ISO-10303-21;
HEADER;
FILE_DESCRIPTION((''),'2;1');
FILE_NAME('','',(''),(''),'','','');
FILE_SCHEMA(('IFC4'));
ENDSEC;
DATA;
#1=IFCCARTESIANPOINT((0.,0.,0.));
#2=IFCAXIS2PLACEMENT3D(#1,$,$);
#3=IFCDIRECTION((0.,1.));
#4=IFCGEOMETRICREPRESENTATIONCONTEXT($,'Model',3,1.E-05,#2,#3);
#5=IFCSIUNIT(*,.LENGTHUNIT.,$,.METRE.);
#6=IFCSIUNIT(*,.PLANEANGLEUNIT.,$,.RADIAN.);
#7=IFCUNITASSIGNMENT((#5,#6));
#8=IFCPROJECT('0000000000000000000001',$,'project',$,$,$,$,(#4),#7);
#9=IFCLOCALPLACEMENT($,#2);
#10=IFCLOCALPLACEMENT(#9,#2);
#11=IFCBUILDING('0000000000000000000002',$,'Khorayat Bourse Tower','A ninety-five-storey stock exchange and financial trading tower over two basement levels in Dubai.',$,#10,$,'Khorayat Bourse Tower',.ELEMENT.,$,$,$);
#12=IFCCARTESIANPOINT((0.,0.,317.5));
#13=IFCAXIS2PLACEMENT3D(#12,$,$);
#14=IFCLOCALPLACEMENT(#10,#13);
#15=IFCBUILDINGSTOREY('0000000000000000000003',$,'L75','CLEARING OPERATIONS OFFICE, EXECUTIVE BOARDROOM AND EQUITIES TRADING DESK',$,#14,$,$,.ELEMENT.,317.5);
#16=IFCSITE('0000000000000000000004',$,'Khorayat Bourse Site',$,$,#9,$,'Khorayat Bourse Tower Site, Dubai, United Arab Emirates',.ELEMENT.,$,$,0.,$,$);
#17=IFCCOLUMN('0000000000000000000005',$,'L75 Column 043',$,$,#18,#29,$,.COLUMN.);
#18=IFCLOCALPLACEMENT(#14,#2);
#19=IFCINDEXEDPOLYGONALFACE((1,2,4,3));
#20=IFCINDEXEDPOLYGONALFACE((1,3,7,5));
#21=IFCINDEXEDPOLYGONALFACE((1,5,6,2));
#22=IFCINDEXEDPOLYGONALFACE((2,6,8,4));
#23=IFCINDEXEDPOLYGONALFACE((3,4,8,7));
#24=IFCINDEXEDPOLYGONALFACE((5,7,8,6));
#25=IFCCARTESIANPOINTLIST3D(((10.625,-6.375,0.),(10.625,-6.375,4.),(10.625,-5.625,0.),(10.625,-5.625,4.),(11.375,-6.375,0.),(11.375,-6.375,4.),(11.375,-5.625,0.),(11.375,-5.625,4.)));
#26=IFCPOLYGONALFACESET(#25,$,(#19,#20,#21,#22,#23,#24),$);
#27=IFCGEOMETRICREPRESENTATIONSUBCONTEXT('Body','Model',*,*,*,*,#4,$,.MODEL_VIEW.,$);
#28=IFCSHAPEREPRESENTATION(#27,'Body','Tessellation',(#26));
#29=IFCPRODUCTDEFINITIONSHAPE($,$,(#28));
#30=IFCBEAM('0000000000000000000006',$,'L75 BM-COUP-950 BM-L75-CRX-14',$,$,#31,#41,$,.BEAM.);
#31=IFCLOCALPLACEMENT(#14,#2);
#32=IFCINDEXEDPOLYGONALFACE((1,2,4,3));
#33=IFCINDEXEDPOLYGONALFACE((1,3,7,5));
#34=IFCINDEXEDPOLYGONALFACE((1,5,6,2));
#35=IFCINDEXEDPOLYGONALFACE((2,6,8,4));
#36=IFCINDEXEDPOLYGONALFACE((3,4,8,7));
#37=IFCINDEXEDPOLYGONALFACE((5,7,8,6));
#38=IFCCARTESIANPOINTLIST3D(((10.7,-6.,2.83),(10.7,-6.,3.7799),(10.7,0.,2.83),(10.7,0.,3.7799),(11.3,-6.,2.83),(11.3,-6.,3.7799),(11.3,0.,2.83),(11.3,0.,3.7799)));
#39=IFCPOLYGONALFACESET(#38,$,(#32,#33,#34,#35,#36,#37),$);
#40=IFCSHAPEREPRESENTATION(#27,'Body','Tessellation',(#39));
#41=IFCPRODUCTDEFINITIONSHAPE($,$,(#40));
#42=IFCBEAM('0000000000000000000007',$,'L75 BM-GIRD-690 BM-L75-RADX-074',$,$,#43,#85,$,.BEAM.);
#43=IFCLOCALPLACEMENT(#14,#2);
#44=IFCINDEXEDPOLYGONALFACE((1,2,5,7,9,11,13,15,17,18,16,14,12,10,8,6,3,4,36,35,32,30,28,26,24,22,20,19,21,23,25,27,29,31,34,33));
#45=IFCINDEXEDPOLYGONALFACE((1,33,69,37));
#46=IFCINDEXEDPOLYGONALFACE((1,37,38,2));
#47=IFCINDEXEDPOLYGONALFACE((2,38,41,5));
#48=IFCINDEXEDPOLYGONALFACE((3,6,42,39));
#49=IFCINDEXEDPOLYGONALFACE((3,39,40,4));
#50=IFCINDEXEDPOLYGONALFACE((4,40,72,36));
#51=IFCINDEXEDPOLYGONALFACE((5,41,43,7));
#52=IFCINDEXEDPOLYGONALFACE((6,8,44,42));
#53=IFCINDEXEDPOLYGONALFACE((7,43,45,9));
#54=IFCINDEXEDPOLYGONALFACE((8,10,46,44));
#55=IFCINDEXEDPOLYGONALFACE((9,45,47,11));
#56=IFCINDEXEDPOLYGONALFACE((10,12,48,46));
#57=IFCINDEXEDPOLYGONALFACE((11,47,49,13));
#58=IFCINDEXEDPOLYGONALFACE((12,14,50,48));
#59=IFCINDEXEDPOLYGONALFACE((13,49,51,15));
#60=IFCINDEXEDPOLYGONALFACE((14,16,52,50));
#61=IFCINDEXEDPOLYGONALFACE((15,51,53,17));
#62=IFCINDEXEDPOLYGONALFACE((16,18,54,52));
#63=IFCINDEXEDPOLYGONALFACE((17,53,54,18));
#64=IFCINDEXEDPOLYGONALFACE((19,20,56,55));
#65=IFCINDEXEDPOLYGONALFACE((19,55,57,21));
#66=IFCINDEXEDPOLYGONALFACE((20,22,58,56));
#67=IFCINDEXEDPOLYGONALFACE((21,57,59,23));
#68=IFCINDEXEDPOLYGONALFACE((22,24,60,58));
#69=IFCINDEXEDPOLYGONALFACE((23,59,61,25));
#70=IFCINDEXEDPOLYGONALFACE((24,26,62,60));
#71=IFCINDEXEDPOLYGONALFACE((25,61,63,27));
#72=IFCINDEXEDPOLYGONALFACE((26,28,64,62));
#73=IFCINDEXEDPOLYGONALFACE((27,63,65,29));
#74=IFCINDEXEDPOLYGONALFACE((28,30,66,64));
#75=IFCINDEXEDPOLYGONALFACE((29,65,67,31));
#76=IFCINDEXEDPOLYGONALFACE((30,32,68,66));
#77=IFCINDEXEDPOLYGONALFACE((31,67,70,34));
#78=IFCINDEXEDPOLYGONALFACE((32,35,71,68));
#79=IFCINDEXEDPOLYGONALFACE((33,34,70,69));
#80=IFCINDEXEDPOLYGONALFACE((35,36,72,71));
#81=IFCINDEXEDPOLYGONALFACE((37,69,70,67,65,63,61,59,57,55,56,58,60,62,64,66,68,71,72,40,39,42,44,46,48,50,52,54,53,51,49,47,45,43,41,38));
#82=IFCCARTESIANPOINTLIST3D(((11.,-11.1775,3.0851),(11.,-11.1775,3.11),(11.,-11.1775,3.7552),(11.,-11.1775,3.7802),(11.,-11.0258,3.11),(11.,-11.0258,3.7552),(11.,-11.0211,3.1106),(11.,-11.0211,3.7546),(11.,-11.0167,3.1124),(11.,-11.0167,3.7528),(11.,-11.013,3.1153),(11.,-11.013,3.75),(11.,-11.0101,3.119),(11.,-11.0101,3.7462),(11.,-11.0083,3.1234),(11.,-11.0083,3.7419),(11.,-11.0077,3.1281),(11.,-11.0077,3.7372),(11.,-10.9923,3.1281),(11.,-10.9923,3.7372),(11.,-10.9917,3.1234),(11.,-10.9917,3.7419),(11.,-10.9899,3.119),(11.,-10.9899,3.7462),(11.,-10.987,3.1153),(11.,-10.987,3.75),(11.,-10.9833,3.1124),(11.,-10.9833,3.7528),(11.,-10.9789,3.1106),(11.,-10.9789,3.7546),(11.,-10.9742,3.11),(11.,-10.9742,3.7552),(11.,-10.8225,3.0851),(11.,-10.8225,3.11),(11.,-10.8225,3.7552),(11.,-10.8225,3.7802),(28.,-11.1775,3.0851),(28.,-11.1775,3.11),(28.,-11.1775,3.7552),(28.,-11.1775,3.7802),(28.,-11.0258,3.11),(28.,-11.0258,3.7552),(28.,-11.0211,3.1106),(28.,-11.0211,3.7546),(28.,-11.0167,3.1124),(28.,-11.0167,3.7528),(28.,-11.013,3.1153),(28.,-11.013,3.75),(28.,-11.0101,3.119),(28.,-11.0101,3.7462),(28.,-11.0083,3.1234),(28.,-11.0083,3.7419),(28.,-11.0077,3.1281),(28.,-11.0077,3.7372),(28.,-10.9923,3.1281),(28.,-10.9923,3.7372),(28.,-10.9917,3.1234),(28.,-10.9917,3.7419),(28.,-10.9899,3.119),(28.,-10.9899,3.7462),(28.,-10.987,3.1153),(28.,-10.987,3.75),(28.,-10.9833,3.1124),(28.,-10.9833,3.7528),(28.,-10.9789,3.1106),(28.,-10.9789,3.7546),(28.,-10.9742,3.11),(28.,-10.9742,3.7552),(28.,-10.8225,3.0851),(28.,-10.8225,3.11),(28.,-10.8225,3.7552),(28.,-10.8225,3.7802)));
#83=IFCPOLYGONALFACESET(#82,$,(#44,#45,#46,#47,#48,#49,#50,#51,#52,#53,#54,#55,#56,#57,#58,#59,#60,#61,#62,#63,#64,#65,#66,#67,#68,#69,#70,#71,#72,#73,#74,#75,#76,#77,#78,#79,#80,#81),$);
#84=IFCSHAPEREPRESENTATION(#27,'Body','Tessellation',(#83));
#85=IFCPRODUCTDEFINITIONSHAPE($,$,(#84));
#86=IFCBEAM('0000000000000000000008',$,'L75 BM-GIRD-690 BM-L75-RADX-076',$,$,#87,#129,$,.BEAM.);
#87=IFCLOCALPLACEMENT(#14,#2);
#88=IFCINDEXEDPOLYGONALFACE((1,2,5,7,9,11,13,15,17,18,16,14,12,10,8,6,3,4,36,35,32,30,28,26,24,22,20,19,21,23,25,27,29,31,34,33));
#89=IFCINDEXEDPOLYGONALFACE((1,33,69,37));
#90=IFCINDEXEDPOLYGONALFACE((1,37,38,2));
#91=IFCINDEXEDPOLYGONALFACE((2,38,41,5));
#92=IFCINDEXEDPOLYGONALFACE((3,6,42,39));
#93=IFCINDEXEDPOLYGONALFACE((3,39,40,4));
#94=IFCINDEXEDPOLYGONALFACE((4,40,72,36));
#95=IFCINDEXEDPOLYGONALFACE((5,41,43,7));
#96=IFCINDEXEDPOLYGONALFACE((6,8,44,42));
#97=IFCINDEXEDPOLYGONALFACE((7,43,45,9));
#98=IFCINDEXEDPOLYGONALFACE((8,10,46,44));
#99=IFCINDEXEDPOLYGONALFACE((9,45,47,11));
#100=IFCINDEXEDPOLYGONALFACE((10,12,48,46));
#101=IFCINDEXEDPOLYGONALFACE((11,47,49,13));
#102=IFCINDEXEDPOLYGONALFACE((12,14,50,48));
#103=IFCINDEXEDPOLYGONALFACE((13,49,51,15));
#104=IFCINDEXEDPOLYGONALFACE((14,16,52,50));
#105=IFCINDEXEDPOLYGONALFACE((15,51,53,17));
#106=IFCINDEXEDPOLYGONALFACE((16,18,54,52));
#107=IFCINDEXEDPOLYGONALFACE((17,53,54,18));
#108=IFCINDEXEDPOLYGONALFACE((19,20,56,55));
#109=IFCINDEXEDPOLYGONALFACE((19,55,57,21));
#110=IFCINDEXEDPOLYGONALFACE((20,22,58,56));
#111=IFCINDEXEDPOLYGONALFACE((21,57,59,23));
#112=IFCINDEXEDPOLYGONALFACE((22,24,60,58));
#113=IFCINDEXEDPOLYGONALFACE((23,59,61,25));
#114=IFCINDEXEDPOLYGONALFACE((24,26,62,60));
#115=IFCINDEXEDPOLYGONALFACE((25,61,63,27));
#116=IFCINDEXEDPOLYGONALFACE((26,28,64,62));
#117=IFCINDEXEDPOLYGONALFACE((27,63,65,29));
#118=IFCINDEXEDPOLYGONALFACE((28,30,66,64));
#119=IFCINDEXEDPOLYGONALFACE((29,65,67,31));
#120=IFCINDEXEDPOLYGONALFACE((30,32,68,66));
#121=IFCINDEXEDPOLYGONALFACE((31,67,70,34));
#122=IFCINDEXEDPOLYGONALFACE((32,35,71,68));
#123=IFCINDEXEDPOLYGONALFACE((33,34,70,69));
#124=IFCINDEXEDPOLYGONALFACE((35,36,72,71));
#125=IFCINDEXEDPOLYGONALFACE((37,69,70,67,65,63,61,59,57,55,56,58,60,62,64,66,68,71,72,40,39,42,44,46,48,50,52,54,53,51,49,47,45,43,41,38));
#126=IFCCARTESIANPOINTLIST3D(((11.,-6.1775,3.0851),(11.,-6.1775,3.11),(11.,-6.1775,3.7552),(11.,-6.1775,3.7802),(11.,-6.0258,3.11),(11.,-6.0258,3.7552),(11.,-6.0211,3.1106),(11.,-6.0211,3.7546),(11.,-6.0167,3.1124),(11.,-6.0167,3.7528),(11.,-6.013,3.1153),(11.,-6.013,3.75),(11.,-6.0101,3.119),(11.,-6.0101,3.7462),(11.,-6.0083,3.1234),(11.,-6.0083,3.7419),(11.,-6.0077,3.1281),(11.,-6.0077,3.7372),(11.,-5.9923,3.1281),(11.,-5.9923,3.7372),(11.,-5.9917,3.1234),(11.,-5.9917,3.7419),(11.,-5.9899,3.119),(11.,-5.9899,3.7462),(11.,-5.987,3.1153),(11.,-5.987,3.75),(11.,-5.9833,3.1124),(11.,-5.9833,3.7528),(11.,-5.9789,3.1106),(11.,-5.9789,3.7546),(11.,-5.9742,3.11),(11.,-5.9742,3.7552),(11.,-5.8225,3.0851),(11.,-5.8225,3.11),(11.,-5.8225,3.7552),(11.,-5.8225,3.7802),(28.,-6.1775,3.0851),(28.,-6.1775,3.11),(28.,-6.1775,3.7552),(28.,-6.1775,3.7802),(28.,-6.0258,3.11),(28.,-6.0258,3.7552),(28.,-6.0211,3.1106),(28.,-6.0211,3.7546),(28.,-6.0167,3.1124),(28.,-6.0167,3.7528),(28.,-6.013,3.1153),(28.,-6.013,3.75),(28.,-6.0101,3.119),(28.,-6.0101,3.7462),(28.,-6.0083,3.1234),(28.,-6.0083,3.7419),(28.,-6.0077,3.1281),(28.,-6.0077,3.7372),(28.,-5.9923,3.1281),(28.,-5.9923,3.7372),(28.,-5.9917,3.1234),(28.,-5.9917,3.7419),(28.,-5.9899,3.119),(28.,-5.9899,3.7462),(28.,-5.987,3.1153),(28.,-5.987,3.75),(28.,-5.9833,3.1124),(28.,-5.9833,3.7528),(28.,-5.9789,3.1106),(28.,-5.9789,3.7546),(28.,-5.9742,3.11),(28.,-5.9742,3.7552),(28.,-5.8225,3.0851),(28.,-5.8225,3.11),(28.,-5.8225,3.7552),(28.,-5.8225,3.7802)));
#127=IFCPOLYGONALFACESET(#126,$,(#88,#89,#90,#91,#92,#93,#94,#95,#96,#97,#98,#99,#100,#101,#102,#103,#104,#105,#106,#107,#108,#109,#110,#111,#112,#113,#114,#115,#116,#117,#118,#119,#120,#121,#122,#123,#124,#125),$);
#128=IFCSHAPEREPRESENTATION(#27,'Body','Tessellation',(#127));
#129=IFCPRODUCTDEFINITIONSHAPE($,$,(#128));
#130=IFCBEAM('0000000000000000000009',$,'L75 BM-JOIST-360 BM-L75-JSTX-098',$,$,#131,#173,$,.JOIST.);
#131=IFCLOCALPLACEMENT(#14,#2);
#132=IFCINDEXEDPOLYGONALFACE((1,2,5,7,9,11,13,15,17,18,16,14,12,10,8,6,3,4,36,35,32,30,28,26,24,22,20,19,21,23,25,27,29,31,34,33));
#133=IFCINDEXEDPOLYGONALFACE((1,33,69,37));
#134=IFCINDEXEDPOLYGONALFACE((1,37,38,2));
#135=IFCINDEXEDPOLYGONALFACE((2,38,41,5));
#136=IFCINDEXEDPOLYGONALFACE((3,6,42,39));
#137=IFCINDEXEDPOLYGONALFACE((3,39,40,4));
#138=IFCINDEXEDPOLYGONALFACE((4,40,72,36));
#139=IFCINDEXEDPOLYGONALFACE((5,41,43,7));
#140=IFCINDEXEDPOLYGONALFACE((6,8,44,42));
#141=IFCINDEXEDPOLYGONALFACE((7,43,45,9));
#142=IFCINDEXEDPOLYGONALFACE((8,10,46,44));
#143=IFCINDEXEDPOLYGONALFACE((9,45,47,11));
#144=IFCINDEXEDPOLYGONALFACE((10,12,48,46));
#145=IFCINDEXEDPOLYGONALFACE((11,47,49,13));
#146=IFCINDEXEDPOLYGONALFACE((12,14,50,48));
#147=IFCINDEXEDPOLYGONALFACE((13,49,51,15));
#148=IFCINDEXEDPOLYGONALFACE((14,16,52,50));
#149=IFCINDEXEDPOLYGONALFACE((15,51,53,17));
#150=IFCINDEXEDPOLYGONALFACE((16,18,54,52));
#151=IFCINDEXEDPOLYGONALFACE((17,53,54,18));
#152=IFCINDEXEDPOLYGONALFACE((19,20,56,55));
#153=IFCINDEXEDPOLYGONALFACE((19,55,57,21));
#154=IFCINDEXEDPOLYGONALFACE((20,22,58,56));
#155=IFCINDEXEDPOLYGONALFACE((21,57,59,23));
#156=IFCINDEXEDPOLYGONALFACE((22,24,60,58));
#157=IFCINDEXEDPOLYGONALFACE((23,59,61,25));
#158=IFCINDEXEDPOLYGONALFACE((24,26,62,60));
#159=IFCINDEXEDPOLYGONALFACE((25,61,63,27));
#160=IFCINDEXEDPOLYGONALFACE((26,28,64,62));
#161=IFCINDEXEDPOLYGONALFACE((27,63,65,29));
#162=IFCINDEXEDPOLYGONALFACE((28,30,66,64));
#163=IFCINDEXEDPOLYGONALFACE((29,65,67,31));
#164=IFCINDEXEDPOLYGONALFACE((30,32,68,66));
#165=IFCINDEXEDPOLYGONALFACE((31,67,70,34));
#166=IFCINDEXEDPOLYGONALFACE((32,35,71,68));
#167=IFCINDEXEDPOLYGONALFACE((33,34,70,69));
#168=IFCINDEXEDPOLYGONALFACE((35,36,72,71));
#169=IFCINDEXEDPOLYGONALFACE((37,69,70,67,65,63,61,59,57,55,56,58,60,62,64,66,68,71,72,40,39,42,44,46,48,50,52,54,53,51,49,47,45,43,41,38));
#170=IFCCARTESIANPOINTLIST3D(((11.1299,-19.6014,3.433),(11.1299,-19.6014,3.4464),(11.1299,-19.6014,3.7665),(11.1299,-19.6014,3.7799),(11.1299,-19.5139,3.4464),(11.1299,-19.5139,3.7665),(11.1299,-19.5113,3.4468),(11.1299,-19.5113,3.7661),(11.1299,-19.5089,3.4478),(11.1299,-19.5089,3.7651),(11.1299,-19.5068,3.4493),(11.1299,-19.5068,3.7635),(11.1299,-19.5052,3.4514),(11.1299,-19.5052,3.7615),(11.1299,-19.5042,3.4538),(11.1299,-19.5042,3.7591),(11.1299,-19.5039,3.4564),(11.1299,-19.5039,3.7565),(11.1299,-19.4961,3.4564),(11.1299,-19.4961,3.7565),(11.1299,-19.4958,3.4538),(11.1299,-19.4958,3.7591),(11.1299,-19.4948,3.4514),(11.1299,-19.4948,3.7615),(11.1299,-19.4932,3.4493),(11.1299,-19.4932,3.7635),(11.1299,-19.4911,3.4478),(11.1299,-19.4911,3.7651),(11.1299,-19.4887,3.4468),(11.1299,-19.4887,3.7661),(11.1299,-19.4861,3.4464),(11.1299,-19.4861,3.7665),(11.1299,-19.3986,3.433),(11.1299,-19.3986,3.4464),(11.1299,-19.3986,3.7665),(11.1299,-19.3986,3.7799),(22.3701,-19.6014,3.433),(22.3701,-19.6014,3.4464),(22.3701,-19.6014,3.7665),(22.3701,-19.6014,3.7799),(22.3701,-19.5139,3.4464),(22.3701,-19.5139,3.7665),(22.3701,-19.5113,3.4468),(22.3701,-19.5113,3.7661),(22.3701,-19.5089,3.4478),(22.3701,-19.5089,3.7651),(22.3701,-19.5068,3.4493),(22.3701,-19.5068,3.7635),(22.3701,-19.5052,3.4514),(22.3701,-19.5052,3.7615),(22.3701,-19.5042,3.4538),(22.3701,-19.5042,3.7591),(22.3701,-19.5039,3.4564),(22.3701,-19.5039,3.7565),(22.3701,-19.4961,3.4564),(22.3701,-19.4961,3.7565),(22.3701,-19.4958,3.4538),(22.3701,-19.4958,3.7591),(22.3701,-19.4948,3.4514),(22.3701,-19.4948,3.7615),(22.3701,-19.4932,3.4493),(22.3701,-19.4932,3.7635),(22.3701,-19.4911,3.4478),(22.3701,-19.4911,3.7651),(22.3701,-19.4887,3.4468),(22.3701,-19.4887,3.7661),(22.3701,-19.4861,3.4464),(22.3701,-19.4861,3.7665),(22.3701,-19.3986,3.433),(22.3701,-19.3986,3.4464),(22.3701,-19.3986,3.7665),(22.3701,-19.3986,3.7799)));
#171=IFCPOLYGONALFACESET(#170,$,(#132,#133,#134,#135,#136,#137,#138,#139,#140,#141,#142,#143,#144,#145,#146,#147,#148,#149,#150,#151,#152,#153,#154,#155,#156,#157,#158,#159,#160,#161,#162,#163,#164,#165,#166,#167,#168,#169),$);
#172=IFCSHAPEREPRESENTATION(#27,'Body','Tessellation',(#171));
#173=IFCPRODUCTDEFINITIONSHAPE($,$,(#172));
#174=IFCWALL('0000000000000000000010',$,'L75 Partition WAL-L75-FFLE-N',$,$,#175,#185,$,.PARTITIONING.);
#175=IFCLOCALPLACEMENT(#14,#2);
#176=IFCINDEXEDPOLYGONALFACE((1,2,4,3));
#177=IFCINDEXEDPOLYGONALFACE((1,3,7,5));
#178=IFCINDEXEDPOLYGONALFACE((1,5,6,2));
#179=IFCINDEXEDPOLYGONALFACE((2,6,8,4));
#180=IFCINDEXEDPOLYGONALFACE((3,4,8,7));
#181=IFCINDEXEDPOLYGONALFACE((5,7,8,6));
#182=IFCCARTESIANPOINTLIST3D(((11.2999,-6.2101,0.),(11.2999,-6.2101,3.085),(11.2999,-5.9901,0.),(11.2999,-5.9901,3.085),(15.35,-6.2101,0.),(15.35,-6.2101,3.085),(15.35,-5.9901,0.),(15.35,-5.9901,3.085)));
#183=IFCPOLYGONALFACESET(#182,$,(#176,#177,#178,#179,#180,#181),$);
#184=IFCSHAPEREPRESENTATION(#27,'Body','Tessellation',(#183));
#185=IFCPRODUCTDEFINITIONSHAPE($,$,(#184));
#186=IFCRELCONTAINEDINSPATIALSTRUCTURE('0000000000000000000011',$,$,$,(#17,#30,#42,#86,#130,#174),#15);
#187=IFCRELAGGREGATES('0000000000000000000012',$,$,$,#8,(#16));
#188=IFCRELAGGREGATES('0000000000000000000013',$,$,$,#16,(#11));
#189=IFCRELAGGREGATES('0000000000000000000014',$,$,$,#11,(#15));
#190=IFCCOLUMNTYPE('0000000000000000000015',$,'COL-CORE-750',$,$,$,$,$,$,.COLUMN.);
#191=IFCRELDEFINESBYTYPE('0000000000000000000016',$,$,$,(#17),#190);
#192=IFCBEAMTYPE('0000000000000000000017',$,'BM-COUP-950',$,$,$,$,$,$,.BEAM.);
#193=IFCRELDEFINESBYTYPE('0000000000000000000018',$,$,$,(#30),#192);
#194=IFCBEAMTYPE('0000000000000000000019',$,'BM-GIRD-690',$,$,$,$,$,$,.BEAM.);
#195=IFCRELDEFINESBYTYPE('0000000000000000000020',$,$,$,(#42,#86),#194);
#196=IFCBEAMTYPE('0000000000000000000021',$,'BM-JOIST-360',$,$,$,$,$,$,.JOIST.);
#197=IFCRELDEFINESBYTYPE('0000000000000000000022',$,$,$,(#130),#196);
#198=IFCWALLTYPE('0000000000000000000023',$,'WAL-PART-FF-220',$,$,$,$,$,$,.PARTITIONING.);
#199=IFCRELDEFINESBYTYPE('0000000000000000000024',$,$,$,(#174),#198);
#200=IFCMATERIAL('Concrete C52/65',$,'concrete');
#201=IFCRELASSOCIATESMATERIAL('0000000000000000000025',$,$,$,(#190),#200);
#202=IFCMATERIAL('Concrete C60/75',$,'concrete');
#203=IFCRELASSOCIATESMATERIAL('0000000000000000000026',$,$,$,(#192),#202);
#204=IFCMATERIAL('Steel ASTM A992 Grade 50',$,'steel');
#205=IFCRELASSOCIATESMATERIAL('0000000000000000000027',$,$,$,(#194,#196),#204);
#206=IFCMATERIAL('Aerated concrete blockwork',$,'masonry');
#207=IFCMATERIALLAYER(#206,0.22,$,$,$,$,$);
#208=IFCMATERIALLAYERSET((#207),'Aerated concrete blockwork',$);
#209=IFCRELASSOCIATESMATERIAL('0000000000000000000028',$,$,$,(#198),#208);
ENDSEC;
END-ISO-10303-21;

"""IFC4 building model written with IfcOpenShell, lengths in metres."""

from ifc_helpers import new_model, si_unit, direction, frame, frame_2d, origin, origin_2d, place, context, subcontext, project, spatial, rectangle, i_section, extrude, source, transform, mapped, material, layer, layer_set, material_profile, profile_set, type_object, element, save


model = new_model("IFC4")

# Units and contexts
model_context = context("Model", 3, precision=1e-05, world=origin(), true_north=direction((0.0, 1.0)))
body_context = subcontext(model_context, "Body", "Model", "MODEL_VIEW")
ifc_project = project(units=[si_unit("LENGTHUNIT", "METRE"), si_unit("PLANEANGLEUNIT", "RADIAN")], contexts=[model_context])

# Site, building, storey
site_placement = place(None, origin())
site = spatial("IfcSite", under=ifc_project, at=site_placement, Name="Khorayat Bourse Site", LongName="Khorayat Bourse Tower Site, Dubai, United Arab Emirates", CompositionType="ELEMENT", RefElevation=0.0)
building_placement = place(site_placement, origin())
building = spatial("IfcBuilding", under=site, at=building_placement, Name="Khorayat Bourse Tower", Description="A ninety-five-storey stock exchange and financial trading tower over two basement levels in Dubai.", LongName="Khorayat Bourse Tower", CompositionType="ELEMENT")
storey_placement = place(building_placement, frame((0.0, 0.0, 317.5)))
storey = spatial("IfcBuildingStorey", under=building, at=storey_placement, Name="L75", Description="CLEARING OPERATIONS OFFICE, EXECUTIVE BOARDROOM AND EQUITIES TRADING DESK", CompositionType="ELEMENT", Elevation=317.5)

# Column
ifc_material_1 = material(Name="Concrete C52/65", Category="concrete")
ifc_material_profile_1 = material_profile(ifc_material_1, rectangle(XDim=0.75, YDim=0.75, at=origin_2d()), Name="RC 750x750")
ifc_profile_set_1 = profile_set([ifc_material_profile_1], Name="Concrete C52/65")
column_type = type_object("IfcColumnType", Name="COL-CORE-750", PredefinedType="COLUMN", material=ifc_profile_set_1)
shared_shape_1 = source(origin(), body_context, "Body", "SweptSolid", [
    extrude(rectangle(XDim=0.75, YDim=0.75, at=origin_2d()), origin(), (0.0, 0.0, 1.0), 4.0),
])
column_placement = place(storey_placement, frame((11.0, -6.0, 0.0), z_axis=(0.0, 0.0, 1.0), x_axis=(1.0, 0.0, 0.0)))
element("IfcColumn", 1, at=column_placement, inside=storey, type_object=column_type, Name="L75 Column 043", PredefinedType="COLUMN", context=body_context, shape_type="MappedRepresentation", body=[
    mapped(shared_shape_1, transform((0.0, 0.0, 0.0), scale=1.0)),
])

# Beams
ifc_material_2 = material(Name="Concrete C60/75", Category="concrete")
ifc_material_profile_2 = material_profile(ifc_material_2, rectangle(XDim=0.6001, YDim=0.95, at=origin_2d()), Name="RC 600x950")
ifc_profile_set_2 = profile_set([ifc_material_profile_2], Name="Concrete C60/75")
beam_type_1 = type_object("IfcBeamType", Name="BM-COUP-950", PredefinedType="BEAM", material=ifc_profile_set_2)
shared_shape_2 = source(origin(), body_context, "Body", "SweptSolid", [
    extrude(rectangle(XDim=0.6001, YDim=0.95, at=origin_2d()), origin(), (0.0, 0.0, 1.0), 6.0),
])
beam_1_placement = place(storey_placement, frame((11.0, -6.0, 3.3049), z_axis=(0.0, 1.0, 0.0), x_axis=(-1.0, 0.0, 0.0)))
element("IfcBeam", 2, at=beam_1_placement, inside=storey, type_object=beam_type_1, Name="L75 BM-COUP-950 BM-L75-CRX-14", PredefinedType="BEAM", context=body_context, shape_type="MappedRepresentation", body=[
    mapped(shared_shape_2, transform((0.0, 0.0, 0.0), scale=1.0)),
])
ifc_material_3 = material(Name="Steel ASTM A992 Grade 50", Category="steel")
ifc_material_profile_3 = material_profile(ifc_material_3, i_section(OverallWidth=0.355, OverallDepth=0.6951, WebThickness=0.0154, FlangeThickness=0.0249, FilletRadius=0.0181, at=origin_2d()), Name="W690X217")
ifc_profile_set_3 = profile_set([ifc_material_profile_3], Name="Steel ASTM A992 Grade 50")
beam_type_2 = type_object("IfcBeamType", Name="BM-GIRD-690", PredefinedType="BEAM", material=ifc_profile_set_3)
shared_shape_3 = source(origin(), body_context, "Body", "SweptSolid", [
    extrude(i_section(OverallWidth=0.355, OverallDepth=0.6951, WebThickness=0.0154, FlangeThickness=0.0249, FilletRadius=0.0181, at=origin_2d()), origin(), (0.0, 0.0, 1.0), 17.0),
])
for number, where, z_axis, x_axis, name in (
    (3, (11.0, -11.0, 3.4326), (1.0, 0.0, 0.0), (0.0, 1.0, 0.0), "L75 BM-GIRD-690 BM-L75-RADX-074"),
    (4, (11.0, -6.0, 3.4326), (1.0, 0.0, 0.0), (0.0, 1.0, 0.0), "L75 BM-GIRD-690 BM-L75-RADX-076"),
):
    element("IfcBeam", number, at=place(storey_placement, frame(where, z_axis=z_axis, x_axis=x_axis)), inside=storey, type_object=beam_type_2, Name=name, PredefinedType="BEAM", context=body_context, shape_type="MappedRepresentation", body=[
        mapped(shared_shape_3, transform((0.0, 0.0, 0.0), scale=1.0)),
    ])
ifc_material_profile_4 = material_profile(ifc_material_3, i_section(OverallWidth=0.2029, OverallDepth=0.3469, WebThickness=0.0078, FlangeThickness=0.0134, FilletRadius=0.01, at=origin_2d()), Name="W360X64")
ifc_profile_set_4 = profile_set([ifc_material_profile_4], Name="Steel ASTM A992 Grade 50")
beam_type_3 = type_object("IfcBeamType", Name="BM-JOIST-360", PredefinedType="JOIST", material=ifc_profile_set_4)
shared_shape_4 = source(origin(), body_context, "Body", "SweptSolid", [
    extrude(i_section(OverallWidth=0.2029, OverallDepth=0.3469, WebThickness=0.0078, FlangeThickness=0.0134, FilletRadius=0.01, at=origin_2d()), origin(), (0.0, 0.0, 1.0), 11.2402),
])
beam_2_placement = place(storey_placement, frame((11.1299, -19.5, 3.6064), z_axis=(1.0, 0.0, 0.0), x_axis=(0.0, 1.0, 0.0)))
element("IfcBeam", 5, at=beam_2_placement, inside=storey, type_object=beam_type_3, Name="L75 BM-JOIST-360 BM-L75-JSTX-098", PredefinedType="JOIST", context=body_context, shape_type="MappedRepresentation", body=[
    mapped(shared_shape_4, transform((0.0, 0.0, 0.0), scale=1.0)),
])

# Wall
ifc_material_4 = material(Name="Aerated concrete blockwork", Category="masonry")
ifc_layer_1 = layer(ifc_material_4, 0.22)
ifc_layer_set_1 = layer_set([ifc_layer_1], Name="Aerated concrete blockwork")
wall_type_1 = type_object("IfcWallType", Name="WAL-PART-FF-220", PredefinedType="PARTITIONING", material=ifc_layer_set_1)
shared_shape_5 = source(origin(), body_context, "Body", "SweptSolid", [
    extrude(rectangle(XDim=4.05, YDim=0.22, at=frame_2d((2.0249, 0.0))), origin(), (0.0, 0.0, 1.0), 3.085),
])
wall_1_placement = place(storey_placement, frame((11.3, -6.1001, 0.0), z_axis=(0.0, 0.0, 1.0), x_axis=(1.0, 0.0, 0.0)))
element("IfcWall", 6, at=wall_1_placement, inside=storey, type_object=wall_type_1, Name="L75 Partition WAL-L75-FFLE-N", PredefinedType="PARTITIONING", context=body_context, shape_type="MappedRepresentation", body=[
    mapped(shared_shape_5, transform((0.0, 0.0, 0.0), scale=1.0)),
])

save(model, "model.ifc")
